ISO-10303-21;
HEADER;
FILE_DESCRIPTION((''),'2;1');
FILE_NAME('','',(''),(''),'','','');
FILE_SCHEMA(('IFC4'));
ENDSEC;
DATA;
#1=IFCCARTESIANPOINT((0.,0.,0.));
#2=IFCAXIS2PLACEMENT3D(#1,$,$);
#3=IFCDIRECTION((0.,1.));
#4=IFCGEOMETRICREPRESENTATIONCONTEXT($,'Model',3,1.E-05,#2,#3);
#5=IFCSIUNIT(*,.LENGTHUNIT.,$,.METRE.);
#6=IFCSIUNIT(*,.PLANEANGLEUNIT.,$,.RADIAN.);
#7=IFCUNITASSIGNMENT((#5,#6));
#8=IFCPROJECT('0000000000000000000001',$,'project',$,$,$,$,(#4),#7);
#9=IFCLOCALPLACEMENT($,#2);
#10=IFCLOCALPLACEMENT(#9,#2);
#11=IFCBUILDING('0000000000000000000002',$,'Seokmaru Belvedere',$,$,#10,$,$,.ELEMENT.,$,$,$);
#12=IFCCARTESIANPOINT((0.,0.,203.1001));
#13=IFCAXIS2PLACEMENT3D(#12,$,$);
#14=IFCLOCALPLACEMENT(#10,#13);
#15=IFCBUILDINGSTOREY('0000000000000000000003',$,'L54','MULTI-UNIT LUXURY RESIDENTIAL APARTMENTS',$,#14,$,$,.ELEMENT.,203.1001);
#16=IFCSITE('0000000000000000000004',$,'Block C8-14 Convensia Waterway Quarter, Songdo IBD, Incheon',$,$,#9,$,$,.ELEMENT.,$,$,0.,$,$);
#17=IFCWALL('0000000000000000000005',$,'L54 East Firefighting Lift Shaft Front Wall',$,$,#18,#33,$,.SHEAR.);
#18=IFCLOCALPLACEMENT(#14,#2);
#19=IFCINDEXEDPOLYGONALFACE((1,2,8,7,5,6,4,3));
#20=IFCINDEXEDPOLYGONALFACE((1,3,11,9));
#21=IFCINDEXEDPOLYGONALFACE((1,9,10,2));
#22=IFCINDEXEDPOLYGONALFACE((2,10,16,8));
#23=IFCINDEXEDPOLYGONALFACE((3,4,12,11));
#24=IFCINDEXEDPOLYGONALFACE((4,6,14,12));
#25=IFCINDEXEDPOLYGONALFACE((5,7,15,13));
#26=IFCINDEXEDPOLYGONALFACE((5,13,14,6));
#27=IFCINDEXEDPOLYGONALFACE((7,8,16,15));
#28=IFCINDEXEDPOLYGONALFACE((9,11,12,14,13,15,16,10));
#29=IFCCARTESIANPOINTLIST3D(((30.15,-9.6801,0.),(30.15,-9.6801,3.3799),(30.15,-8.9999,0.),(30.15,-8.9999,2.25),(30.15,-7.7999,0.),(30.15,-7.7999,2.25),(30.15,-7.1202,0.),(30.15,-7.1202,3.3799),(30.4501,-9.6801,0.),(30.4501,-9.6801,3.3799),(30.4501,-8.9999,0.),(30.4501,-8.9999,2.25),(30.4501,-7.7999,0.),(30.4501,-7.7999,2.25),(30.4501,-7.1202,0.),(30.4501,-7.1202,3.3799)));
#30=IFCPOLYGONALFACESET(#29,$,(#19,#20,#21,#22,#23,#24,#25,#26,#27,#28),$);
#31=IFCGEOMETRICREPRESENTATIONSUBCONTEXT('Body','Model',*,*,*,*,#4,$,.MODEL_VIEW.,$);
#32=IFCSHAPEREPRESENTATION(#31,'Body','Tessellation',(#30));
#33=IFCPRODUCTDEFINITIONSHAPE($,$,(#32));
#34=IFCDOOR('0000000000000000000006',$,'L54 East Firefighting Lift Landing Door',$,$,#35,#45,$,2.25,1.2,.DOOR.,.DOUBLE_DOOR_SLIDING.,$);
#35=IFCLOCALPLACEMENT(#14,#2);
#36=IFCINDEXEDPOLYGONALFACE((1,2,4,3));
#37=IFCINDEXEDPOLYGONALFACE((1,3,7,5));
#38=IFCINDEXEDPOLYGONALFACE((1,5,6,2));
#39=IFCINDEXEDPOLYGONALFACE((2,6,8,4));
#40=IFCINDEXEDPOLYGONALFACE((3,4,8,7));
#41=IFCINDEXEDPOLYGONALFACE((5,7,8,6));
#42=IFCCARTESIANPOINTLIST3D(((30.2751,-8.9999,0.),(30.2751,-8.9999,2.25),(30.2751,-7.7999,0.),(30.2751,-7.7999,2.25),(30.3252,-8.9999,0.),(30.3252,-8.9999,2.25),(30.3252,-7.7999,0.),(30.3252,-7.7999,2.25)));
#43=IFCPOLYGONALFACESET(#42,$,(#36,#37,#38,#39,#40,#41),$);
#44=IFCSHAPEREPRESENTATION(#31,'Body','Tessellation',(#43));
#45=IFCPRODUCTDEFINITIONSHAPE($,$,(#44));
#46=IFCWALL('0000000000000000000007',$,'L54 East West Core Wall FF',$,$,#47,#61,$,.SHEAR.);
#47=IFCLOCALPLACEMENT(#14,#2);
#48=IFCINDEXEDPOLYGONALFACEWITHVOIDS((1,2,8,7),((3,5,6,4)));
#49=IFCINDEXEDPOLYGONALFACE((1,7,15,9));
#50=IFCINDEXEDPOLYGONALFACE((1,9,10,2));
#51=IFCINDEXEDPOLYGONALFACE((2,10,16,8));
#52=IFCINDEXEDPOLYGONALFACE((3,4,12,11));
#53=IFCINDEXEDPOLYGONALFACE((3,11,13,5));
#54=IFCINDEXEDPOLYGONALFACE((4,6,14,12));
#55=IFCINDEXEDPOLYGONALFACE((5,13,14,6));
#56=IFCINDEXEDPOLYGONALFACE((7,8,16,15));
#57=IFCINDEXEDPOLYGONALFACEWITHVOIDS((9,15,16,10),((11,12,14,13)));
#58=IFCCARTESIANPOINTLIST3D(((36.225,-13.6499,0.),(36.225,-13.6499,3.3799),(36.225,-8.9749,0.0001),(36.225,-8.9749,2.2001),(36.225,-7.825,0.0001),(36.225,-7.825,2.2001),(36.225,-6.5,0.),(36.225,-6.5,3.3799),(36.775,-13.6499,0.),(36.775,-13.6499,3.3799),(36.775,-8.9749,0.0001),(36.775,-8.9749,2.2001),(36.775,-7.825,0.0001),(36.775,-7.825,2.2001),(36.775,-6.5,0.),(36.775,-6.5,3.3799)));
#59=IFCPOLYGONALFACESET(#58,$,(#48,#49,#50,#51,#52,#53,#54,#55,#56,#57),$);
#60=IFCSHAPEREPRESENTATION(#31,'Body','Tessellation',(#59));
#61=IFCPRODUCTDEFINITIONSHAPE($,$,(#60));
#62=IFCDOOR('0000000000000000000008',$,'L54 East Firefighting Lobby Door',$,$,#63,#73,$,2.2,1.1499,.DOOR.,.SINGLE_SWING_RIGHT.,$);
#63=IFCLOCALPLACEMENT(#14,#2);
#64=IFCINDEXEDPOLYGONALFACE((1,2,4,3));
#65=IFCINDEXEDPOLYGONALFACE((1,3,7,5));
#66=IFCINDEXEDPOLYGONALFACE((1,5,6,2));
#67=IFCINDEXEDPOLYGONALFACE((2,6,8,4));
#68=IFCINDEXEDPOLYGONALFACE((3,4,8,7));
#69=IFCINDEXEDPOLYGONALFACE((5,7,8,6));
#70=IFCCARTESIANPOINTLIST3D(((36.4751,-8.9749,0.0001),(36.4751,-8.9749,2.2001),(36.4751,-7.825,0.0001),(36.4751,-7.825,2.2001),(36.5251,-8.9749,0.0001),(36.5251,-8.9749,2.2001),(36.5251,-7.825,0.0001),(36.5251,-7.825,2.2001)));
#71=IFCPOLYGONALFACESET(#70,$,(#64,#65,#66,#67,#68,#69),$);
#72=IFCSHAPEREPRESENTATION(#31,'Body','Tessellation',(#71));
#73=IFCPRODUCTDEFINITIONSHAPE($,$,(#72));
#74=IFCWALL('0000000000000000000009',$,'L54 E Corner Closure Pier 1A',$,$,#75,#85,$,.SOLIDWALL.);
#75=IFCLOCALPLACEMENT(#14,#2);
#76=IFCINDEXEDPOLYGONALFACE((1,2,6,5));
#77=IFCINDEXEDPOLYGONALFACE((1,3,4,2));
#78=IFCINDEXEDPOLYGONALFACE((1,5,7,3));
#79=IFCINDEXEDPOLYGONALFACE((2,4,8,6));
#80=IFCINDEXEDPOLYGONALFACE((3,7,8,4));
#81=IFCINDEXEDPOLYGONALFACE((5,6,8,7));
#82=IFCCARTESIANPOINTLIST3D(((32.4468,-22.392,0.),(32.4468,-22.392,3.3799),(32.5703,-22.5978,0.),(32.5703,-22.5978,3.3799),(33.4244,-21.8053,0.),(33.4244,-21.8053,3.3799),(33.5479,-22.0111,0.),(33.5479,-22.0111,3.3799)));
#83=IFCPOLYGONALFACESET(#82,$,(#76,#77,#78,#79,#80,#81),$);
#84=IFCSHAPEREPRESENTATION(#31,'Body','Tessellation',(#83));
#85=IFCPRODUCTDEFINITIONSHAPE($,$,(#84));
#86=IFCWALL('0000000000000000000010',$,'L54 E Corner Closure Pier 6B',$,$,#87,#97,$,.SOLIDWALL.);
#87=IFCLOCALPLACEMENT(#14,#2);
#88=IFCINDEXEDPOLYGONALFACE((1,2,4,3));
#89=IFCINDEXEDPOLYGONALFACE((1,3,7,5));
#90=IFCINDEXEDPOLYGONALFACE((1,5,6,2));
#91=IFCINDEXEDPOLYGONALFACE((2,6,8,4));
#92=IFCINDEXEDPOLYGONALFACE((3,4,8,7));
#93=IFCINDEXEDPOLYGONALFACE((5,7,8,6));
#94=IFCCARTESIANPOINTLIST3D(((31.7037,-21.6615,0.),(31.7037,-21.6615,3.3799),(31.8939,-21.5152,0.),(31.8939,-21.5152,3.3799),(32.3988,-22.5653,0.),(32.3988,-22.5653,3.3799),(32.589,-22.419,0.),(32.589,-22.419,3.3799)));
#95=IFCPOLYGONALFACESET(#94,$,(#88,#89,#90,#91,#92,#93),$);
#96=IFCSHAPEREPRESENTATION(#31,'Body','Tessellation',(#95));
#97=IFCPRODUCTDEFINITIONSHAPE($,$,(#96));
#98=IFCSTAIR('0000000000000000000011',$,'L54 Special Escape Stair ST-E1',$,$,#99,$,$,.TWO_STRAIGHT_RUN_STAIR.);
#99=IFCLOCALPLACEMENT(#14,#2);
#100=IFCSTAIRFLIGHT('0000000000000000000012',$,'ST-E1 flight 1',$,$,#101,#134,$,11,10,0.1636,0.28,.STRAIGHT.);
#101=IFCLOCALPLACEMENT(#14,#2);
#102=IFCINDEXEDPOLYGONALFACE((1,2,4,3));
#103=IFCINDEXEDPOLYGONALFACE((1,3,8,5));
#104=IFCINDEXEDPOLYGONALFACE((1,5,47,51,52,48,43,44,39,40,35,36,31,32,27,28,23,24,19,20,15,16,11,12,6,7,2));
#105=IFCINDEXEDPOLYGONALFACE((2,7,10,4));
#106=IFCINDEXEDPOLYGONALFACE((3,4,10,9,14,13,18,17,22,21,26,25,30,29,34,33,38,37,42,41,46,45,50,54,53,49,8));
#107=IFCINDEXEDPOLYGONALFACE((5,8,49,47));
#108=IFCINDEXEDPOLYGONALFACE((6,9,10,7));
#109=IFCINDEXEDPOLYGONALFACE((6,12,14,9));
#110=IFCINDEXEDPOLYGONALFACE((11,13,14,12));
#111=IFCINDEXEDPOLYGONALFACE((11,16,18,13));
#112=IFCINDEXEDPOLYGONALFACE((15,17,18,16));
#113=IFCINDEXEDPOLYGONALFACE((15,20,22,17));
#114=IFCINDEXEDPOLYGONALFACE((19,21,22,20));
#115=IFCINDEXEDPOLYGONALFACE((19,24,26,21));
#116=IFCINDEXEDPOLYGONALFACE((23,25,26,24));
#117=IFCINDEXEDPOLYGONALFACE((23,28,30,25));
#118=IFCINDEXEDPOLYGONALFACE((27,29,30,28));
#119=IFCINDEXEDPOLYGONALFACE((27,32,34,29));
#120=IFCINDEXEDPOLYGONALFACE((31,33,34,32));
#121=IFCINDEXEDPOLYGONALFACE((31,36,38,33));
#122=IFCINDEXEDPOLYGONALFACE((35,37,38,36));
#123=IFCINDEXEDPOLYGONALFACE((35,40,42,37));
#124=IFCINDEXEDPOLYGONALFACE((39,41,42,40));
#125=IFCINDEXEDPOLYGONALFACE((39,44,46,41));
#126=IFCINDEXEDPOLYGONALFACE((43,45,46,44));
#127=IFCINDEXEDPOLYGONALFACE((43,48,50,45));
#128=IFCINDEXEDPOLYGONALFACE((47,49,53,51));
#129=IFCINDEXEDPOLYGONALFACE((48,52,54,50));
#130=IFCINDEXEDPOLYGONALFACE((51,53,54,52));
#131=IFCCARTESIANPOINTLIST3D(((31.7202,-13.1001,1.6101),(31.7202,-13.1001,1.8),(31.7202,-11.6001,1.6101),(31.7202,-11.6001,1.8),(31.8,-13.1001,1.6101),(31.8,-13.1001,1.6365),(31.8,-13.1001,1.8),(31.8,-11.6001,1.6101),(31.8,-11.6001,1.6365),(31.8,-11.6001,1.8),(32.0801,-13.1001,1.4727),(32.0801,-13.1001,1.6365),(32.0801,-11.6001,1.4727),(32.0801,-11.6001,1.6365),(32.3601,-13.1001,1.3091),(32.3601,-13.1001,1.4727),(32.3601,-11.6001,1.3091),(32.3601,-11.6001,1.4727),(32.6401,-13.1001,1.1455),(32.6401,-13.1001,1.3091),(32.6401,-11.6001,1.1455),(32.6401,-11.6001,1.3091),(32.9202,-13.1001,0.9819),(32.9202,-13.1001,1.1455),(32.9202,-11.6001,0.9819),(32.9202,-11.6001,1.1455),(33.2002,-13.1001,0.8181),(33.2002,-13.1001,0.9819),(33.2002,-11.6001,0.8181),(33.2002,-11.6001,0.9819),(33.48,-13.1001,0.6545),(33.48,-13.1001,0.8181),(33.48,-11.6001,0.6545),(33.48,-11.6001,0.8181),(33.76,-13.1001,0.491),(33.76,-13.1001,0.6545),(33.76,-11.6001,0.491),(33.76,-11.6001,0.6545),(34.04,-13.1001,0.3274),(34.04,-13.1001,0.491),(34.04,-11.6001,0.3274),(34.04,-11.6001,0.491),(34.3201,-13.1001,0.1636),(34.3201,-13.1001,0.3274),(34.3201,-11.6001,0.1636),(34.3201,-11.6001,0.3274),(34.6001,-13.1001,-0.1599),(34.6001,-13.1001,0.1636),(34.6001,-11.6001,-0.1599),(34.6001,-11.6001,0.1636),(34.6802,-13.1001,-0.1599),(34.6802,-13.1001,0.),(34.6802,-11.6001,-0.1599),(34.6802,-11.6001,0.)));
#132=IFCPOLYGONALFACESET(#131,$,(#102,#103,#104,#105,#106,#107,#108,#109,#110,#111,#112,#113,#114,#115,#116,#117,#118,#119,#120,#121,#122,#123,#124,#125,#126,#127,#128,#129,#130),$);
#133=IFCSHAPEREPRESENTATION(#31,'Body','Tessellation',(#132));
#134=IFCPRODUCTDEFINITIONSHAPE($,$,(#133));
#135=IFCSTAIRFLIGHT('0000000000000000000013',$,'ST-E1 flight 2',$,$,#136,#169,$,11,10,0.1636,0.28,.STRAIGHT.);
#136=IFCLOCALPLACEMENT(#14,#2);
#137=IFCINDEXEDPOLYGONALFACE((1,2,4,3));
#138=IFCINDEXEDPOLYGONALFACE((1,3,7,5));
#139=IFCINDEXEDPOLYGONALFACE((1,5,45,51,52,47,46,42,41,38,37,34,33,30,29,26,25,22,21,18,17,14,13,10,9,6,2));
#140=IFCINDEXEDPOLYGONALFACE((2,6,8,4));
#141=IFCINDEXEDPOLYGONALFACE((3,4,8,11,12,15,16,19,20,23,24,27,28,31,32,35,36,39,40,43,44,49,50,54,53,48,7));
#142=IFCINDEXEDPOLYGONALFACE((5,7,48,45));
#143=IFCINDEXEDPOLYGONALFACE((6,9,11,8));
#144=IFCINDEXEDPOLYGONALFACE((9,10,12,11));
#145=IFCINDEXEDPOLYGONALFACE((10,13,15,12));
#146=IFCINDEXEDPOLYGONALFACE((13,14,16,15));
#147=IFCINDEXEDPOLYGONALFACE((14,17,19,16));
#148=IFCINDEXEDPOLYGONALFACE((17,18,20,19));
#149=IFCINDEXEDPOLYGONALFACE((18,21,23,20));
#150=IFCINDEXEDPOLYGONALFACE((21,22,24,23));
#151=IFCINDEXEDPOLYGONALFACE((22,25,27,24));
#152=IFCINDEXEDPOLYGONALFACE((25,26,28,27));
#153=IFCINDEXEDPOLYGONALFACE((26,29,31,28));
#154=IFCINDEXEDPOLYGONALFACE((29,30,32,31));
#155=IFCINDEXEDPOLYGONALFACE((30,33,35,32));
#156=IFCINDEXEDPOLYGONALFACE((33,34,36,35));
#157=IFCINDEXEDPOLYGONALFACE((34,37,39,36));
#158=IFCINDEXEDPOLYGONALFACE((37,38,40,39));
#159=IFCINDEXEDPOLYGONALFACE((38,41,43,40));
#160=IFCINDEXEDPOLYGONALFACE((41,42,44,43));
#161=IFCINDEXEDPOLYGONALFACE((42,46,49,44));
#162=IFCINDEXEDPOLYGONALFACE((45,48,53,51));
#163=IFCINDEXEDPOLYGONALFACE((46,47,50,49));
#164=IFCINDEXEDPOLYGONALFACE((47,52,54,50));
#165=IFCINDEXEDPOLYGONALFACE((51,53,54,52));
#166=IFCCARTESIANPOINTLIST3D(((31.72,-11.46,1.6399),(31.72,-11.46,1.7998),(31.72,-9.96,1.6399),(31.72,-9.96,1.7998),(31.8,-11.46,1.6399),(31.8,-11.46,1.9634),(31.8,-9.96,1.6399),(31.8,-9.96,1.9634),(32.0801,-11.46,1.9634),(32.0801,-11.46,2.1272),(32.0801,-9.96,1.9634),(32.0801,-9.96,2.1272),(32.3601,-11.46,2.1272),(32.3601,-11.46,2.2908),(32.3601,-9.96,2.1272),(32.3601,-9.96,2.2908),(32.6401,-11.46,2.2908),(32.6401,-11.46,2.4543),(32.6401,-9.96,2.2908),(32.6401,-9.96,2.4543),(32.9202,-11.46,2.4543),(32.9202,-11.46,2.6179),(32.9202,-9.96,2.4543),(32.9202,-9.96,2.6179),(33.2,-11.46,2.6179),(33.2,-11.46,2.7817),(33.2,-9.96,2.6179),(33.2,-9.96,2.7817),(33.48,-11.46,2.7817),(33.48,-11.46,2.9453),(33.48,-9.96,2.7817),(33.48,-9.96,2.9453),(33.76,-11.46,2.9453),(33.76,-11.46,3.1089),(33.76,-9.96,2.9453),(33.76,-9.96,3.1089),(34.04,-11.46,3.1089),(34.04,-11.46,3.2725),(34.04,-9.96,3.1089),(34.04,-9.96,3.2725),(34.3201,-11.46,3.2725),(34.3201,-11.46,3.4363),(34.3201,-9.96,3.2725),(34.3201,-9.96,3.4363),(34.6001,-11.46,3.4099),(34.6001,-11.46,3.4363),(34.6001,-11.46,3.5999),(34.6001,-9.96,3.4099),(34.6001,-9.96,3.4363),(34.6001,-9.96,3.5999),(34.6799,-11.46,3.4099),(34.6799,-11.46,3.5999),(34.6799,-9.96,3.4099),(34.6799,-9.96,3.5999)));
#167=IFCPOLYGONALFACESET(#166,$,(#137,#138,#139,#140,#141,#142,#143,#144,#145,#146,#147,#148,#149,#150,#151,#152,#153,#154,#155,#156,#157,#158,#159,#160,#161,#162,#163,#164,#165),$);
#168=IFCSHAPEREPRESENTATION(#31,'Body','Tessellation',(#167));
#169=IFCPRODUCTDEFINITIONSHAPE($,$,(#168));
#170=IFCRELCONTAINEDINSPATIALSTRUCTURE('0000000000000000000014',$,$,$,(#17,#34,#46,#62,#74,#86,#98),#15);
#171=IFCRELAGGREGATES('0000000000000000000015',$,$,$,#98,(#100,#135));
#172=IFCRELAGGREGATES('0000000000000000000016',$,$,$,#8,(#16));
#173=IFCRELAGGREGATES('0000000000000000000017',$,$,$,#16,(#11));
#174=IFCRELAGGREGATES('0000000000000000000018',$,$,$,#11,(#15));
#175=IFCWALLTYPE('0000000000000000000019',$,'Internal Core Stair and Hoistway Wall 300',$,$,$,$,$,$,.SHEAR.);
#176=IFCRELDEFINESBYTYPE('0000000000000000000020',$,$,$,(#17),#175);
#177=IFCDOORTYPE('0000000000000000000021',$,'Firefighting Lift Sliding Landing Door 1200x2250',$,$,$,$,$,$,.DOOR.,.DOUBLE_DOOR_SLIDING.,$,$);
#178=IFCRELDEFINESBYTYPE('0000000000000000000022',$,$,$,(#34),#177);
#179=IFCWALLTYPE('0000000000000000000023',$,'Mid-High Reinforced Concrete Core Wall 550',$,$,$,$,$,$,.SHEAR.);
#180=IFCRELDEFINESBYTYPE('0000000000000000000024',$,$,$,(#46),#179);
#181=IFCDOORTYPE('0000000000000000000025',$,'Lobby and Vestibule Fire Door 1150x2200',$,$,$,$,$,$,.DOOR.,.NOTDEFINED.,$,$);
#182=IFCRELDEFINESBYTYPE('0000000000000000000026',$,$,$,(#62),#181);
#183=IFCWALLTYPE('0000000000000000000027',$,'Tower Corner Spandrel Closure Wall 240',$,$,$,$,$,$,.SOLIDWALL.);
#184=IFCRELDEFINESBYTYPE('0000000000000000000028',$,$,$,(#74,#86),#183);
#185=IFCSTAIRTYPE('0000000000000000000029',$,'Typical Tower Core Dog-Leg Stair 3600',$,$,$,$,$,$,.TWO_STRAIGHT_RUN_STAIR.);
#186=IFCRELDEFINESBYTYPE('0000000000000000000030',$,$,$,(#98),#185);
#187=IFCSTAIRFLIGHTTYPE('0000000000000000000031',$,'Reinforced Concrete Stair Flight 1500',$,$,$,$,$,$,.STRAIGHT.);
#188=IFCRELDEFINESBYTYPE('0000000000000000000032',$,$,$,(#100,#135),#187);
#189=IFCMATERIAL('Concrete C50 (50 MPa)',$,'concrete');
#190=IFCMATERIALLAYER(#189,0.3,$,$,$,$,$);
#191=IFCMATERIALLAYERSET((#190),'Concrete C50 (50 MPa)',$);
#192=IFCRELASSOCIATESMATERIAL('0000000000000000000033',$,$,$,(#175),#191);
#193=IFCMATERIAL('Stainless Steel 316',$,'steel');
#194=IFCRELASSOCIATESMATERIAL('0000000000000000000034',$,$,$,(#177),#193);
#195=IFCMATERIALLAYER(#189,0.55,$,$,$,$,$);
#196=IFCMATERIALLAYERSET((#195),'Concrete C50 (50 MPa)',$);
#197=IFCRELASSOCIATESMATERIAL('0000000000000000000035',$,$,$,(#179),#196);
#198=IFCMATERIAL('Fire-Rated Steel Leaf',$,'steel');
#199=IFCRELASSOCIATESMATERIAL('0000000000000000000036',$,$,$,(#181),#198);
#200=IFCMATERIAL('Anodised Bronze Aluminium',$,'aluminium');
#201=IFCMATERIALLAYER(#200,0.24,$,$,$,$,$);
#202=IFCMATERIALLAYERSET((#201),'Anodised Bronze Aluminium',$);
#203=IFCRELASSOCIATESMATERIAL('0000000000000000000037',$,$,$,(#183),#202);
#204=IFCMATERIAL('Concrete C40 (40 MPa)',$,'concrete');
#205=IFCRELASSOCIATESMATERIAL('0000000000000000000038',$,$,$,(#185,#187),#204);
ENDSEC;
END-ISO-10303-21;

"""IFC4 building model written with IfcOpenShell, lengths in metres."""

from ifc_helpers import new_model, si_unit, direction, frame, frame_2d, origin, place, context, subcontext, project, spatial, polyline, rectangle, outline, extrude, source, transform, mapped, material, layer, layer_set, type_object, type_shapes, element, fill, aggregate, save


model = new_model("IFC4")

# Units and contexts
model_context = context("Model", 3, precision=1e-05, world=origin(), true_north=direction((0.0, 1.0)))
body_context = subcontext(model_context, "Body", "Model", "MODEL_VIEW")
ifc_project = project(units=[si_unit("LENGTHUNIT", "METRE"), si_unit("PLANEANGLEUNIT", "RADIAN")], contexts=[model_context])

# Site, building, storey
site_placement = place(None, origin())
site = spatial("IfcSite", under=ifc_project, at=site_placement, Name="Block C8-14 Convensia Waterway Quarter, Songdo IBD, Incheon", CompositionType="ELEMENT", RefElevation=0.0)
building_placement = place(site_placement, origin())
building = spatial("IfcBuilding", under=site, at=building_placement, Name="Seokmaru Belvedere", CompositionType="ELEMENT")
storey_placement = place(building_placement, frame((0.0, 0.0, 203.1001)))
storey = spatial("IfcBuildingStorey", under=building, at=storey_placement, Name="L54", Description="MULTI-UNIT LUXURY RESIDENTIAL APARTMENTS", CompositionType="ELEMENT", Elevation=203.1001)

# Shared definitions
ifc_material_1 = material(Name="Anodised Bronze Aluminium", Category="aluminium")

# Walls, openings, doors
ifc_material_2 = material(Name="Concrete C50 (50 MPa)", Category="concrete")
ifc_layer_1 = layer(ifc_material_2, 0.3)
ifc_layer_set_1 = layer_set([ifc_layer_1], Name="Concrete C50 (50 MPa)")
wall_type_1 = type_object("IfcWallType", Name="Internal Core Stair and Hoistway Wall 300", PredefinedType="SHEAR", material=ifc_layer_set_1)
wall_1_placement = place(storey_placement, frame((30.3, -9.6799, 0.0), z_axis=(0.0, 0.0, 1.0), x_axis=(0.0, 1.0, 0.0)))
wall_1 = element("IfcWall", 1, at=wall_1_placement, inside=storey, type_object=wall_type_1, Name="L54 East Firefighting Lift Shaft Front Wall", PredefinedType="SHEAR", context=body_context, shape_type="SweptSolid", body=[
    extrude(rectangle(XDim=2.5598, YDim=0.3, at=frame_2d((1.2798, 0.0))), origin(), (0.0, 0.0, 1.0), 3.3799),
])
opening_1_placement = place(wall_1_placement, frame((0.6799, 0.0, 0.0)))
opening_1 = element("IfcOpeningElement", 2, at=opening_1_placement, cuts=wall_1, PredefinedType="OPENING", context=body_context, shape_type="SweptSolid", body=[
    extrude(rectangle(XDim=1.2, YDim=2.25, at=frame_2d((0.6001, 1.125))), frame((0.0, 0.1602, 0.0), z_axis=(0.0, -1.0, 0.0), x_axis=(1.0, 0.0, 0.0)), (0.0, 0.0, 1.0), 0.3201),
])
ifc_material_3 = material(Name="Stainless Steel 316", Category="steel")
door_type_1 = type_object("IfcDoorType", Name="Firefighting Lift Sliding Landing Door 1200x2250", OperationType="DOUBLE_DOOR_SLIDING", PredefinedType="DOOR", material=ifc_material_3)
shared_shape_1 = source(origin(), body_context, "Body", "SweptSolid", [
    extrude(rectangle(XDim=1.2, YDim=2.25, at=frame_2d((0.6001, 1.125))), frame((0.0, 0.0249, 0.0), z_axis=(0.0, -1.0, 0.0), x_axis=(1.0, 0.0, 0.0)), (0.0, 0.0, 1.0), 0.05),
])
type_shapes(door_type_1, [shared_shape_1])
door_1_placement = place(opening_1_placement, origin())
door_1 = element("IfcDoor", 3, at=door_1_placement, inside=storey, type_object=door_type_1, Name="L54 East Firefighting Lift Landing Door", OperationType="DOUBLE_DOOR_SLIDING", OverallHeight=2.25, OverallWidth=1.2, PredefinedType="DOOR", context=body_context, shape_type="MappedRepresentation", body=[
    mapped(shared_shape_1, transform((0.0, 0.0, 0.0), scale=1.0)),
])
fill(opening_1, door_1)
ifc_layer_2 = layer(ifc_material_2, 0.55)
ifc_layer_set_2 = layer_set([ifc_layer_2], Name="Concrete C50 (50 MPa)")
wall_type_2 = type_object("IfcWallType", Name="Mid-High Reinforced Concrete Core Wall 550", PredefinedType="SHEAR", material=ifc_layer_set_2)
wall_2_placement = place(storey_placement, frame((36.5, -13.6499, 0.0), z_axis=(0.0, 0.0, 1.0), x_axis=(0.0, 1.0, 0.0)))
wall_2 = element("IfcWall", 4, at=wall_2_placement, inside=storey, type_object=wall_type_2, Name="L54 East West Core Wall FF", PredefinedType="SHEAR", context=body_context, shape_type="SweptSolid", body=[
    extrude(rectangle(XDim=7.1499, YDim=0.55, at=frame_2d((3.575, 0.0))), origin(), (0.0, 0.0, 1.0), 3.3799),
])
opening_2_placement = place(wall_2_placement, frame((4.675, 0.0, 0.0)))
opening_2 = element("IfcOpeningElement", 5, at=opening_2_placement, cuts=wall_2, PredefinedType="OPENING", context=body_context, shape_type="SweptSolid", body=[
    extrude(rectangle(XDim=1.1499, YDim=2.2, at=frame_2d((0.575, 1.1001))), frame((0.0, 0.2852, 0.0), z_axis=(0.0, -1.0, 0.0), x_axis=(1.0, 0.0, 0.0)), (0.0, 0.0, 1.0), 0.5701),
])
ifc_material_4 = material(Name="Fire-Rated Steel Leaf", Category="steel")
door_type_2 = type_object("IfcDoorType", Name="Lobby and Vestibule Fire Door 1150x2200", OperationType="NOTDEFINED", PredefinedType="DOOR", material=ifc_material_4)
shared_shape_2 = source(origin(), body_context, "Body", "SweptSolid", [
    extrude(rectangle(XDim=1.1499, YDim=2.2, at=frame_2d((0.575, 1.1001))), frame((0.0, 0.0249, 0.0), z_axis=(0.0, -1.0, 0.0), x_axis=(1.0, 0.0, 0.0)), (0.0, 0.0, 1.0), 0.05),
])
type_shapes(door_type_2, [shared_shape_2])
door_2_placement = place(opening_2_placement, origin())
door_2 = element("IfcDoor", 6, at=door_2_placement, inside=storey, type_object=door_type_2, Name="L54 East Firefighting Lobby Door", OperationType="SINGLE_SWING_RIGHT", OverallHeight=2.2, OverallWidth=1.1499, PredefinedType="DOOR", context=body_context, shape_type="MappedRepresentation", body=[
    mapped(shared_shape_2, transform((0.0, 0.0, 0.0), scale=1.0)),
])
fill(opening_2, door_2)

# Walls
ifc_layer_3 = layer(ifc_material_1, 0.24)
ifc_layer_set_3 = layer_set([ifc_layer_3], Name="Anodised Bronze Aluminium")
wall_type_3 = type_object("IfcWallType", Name="Tower Corner Spandrel Closure Wall 240", PredefinedType="SOLIDWALL", material=ifc_layer_set_3)
for number, where, z_axis, x_axis, name in (
    (7, (32.5085, -22.4949, 0.0), (0.0, 0.0, 1.0), (0.857436, 0.51459, 0.0), "L54 E Corner Closure Pier 1A"),
    (8, (31.7988, -21.5884, 0.0), (0.0, 0.0, 1.0), (0.609618, -0.792696, 0.0), "L54 E Corner Closure Pier 6B"),
):
    element("IfcWall", number, at=place(storey_placement, frame(where, z_axis=z_axis, x_axis=x_axis)), inside=storey, type_object=wall_type_3, Name=name, PredefinedType="SOLIDWALL", context=body_context, shape_type="SweptSolid", body=[
        extrude(rectangle(XDim=1.1401, YDim=0.24, at=frame_2d((0.5701, 0.0))), origin(), (0.0, 0.0, 1.0), 3.3799),
    ])

# Stair, stair flights
ifc_material_5 = material(Name="Concrete C40 (40 MPa)", Category="concrete")
stair_type = type_object("IfcStairType", Name="Typical Tower Core Dog-Leg Stair 3600", PredefinedType="TWO_STRAIGHT_RUN_STAIR", material=ifc_material_5)
stair_placement = place(storey_placement, origin())
stair = element("IfcStair", 9, at=stair_placement, inside=storey, type_object=stair_type, Name="L54 Special Escape Stair ST-E1", PredefinedType="TWO_STRAIGHT_RUN_STAIR")
stair_flight_type = type_object("IfcStairFlightType", Name="Reinforced Concrete Stair Flight 1500", PredefinedType="STRAIGHT", material=ifc_material_5)
stair_flight_1_placement = place(storey_placement, frame((34.6001, -12.3501, 0.0), z_axis=(0.0, 0.0, 1.0), x_axis=(-1.0, 0.0, 0.0)))
stair_flight_1 = element("IfcStairFlight", 10, at=stair_flight_1_placement, type_object=stair_flight_type, Name="ST-E1 flight 1", NumberOfRisers=11, NumberOfTreads=10, PredefinedType="STRAIGHT", RiserHeight=0.1636, TreadLength=0.28, context=body_context, shape_type="SweptSolid", body=[
    extrude(outline(polyline([(-0.0801, 0.0), (0.0, 0.1636), (0.28, 0.1636), (0.28, 0.3274), (0.5601, 0.3274), (0.5601, 0.491), (0.8401, 0.491), (0.8401, 0.6545), (1.1201, 0.6545), (1.1201, 0.8181), (1.3999, 0.8181), (1.3999, 0.9819), (1.6799, 0.9819), (1.6799, 1.1455), (1.96, 1.1455), (1.96, 1.3091), (2.24, 1.3091), (2.24, 1.4727), (2.52, 1.4727), (2.52, 1.6365), (2.8, 1.6365), (2.8, 1.8), (2.8799, 1.8), (2.8799, 1.6101), (2.8, 1.6101), (0.0, -0.1599), (-0.0801, -0.1599), (-0.0801, 0.0)])), frame((0.0, 0.75, 0.0), z_axis=(0.0, -1.0, 0.0), x_axis=(1.0, 0.0, 0.0)), (0.0, 0.0, 1.0), 1.5),
])
stair_flight_2_placement = place(storey_placement, frame((31.8, -10.71, 1.7998), z_axis=(0.0, 0.0, 1.0), x_axis=(1.0, 0.0, 0.0)))
stair_flight_2 = element("IfcStairFlight", 11, at=stair_flight_2_placement, type_object=stair_flight_type, Name="ST-E1 flight 2", NumberOfRisers=11, NumberOfTreads=10, PredefinedType="STRAIGHT", RiserHeight=0.1636, TreadLength=0.28, context=body_context, shape_type="SweptSolid", body=[
    extrude(outline(polyline([(-0.0801, 0.0), (0.0, 0.1636), (0.28, 0.1636), (0.28, 0.3274), (0.5601, 0.3274), (0.5601, 0.491), (0.8401, 0.491), (0.8401, 0.6545), (1.1201, 0.6545), (1.1201, 0.8181), (1.3999, 0.8181), (1.3999, 0.9819), (1.6799, 0.9819), (1.6799, 1.1455), (1.96, 1.1455), (1.96, 1.3091), (2.24, 1.3091), (2.24, 1.4727), (2.52, 1.4727), (2.52, 1.6365), (2.8, 1.6365), (2.8, 1.8), (2.8799, 1.8), (2.8799, 1.6101), (2.8, 1.6101), (0.0, -0.1599), (-0.0801, -0.1599), (-0.0801, 0.0)])), frame((0.0, 0.75, 0.0), z_axis=(0.0, -1.0, 0.0), x_axis=(1.0, 0.0, 0.0)), (0.0, 0.0, 1.0), 1.5),
])
aggregate(stair, [stair_flight_1, stair_flight_2])

save(model, "model.ifc")
